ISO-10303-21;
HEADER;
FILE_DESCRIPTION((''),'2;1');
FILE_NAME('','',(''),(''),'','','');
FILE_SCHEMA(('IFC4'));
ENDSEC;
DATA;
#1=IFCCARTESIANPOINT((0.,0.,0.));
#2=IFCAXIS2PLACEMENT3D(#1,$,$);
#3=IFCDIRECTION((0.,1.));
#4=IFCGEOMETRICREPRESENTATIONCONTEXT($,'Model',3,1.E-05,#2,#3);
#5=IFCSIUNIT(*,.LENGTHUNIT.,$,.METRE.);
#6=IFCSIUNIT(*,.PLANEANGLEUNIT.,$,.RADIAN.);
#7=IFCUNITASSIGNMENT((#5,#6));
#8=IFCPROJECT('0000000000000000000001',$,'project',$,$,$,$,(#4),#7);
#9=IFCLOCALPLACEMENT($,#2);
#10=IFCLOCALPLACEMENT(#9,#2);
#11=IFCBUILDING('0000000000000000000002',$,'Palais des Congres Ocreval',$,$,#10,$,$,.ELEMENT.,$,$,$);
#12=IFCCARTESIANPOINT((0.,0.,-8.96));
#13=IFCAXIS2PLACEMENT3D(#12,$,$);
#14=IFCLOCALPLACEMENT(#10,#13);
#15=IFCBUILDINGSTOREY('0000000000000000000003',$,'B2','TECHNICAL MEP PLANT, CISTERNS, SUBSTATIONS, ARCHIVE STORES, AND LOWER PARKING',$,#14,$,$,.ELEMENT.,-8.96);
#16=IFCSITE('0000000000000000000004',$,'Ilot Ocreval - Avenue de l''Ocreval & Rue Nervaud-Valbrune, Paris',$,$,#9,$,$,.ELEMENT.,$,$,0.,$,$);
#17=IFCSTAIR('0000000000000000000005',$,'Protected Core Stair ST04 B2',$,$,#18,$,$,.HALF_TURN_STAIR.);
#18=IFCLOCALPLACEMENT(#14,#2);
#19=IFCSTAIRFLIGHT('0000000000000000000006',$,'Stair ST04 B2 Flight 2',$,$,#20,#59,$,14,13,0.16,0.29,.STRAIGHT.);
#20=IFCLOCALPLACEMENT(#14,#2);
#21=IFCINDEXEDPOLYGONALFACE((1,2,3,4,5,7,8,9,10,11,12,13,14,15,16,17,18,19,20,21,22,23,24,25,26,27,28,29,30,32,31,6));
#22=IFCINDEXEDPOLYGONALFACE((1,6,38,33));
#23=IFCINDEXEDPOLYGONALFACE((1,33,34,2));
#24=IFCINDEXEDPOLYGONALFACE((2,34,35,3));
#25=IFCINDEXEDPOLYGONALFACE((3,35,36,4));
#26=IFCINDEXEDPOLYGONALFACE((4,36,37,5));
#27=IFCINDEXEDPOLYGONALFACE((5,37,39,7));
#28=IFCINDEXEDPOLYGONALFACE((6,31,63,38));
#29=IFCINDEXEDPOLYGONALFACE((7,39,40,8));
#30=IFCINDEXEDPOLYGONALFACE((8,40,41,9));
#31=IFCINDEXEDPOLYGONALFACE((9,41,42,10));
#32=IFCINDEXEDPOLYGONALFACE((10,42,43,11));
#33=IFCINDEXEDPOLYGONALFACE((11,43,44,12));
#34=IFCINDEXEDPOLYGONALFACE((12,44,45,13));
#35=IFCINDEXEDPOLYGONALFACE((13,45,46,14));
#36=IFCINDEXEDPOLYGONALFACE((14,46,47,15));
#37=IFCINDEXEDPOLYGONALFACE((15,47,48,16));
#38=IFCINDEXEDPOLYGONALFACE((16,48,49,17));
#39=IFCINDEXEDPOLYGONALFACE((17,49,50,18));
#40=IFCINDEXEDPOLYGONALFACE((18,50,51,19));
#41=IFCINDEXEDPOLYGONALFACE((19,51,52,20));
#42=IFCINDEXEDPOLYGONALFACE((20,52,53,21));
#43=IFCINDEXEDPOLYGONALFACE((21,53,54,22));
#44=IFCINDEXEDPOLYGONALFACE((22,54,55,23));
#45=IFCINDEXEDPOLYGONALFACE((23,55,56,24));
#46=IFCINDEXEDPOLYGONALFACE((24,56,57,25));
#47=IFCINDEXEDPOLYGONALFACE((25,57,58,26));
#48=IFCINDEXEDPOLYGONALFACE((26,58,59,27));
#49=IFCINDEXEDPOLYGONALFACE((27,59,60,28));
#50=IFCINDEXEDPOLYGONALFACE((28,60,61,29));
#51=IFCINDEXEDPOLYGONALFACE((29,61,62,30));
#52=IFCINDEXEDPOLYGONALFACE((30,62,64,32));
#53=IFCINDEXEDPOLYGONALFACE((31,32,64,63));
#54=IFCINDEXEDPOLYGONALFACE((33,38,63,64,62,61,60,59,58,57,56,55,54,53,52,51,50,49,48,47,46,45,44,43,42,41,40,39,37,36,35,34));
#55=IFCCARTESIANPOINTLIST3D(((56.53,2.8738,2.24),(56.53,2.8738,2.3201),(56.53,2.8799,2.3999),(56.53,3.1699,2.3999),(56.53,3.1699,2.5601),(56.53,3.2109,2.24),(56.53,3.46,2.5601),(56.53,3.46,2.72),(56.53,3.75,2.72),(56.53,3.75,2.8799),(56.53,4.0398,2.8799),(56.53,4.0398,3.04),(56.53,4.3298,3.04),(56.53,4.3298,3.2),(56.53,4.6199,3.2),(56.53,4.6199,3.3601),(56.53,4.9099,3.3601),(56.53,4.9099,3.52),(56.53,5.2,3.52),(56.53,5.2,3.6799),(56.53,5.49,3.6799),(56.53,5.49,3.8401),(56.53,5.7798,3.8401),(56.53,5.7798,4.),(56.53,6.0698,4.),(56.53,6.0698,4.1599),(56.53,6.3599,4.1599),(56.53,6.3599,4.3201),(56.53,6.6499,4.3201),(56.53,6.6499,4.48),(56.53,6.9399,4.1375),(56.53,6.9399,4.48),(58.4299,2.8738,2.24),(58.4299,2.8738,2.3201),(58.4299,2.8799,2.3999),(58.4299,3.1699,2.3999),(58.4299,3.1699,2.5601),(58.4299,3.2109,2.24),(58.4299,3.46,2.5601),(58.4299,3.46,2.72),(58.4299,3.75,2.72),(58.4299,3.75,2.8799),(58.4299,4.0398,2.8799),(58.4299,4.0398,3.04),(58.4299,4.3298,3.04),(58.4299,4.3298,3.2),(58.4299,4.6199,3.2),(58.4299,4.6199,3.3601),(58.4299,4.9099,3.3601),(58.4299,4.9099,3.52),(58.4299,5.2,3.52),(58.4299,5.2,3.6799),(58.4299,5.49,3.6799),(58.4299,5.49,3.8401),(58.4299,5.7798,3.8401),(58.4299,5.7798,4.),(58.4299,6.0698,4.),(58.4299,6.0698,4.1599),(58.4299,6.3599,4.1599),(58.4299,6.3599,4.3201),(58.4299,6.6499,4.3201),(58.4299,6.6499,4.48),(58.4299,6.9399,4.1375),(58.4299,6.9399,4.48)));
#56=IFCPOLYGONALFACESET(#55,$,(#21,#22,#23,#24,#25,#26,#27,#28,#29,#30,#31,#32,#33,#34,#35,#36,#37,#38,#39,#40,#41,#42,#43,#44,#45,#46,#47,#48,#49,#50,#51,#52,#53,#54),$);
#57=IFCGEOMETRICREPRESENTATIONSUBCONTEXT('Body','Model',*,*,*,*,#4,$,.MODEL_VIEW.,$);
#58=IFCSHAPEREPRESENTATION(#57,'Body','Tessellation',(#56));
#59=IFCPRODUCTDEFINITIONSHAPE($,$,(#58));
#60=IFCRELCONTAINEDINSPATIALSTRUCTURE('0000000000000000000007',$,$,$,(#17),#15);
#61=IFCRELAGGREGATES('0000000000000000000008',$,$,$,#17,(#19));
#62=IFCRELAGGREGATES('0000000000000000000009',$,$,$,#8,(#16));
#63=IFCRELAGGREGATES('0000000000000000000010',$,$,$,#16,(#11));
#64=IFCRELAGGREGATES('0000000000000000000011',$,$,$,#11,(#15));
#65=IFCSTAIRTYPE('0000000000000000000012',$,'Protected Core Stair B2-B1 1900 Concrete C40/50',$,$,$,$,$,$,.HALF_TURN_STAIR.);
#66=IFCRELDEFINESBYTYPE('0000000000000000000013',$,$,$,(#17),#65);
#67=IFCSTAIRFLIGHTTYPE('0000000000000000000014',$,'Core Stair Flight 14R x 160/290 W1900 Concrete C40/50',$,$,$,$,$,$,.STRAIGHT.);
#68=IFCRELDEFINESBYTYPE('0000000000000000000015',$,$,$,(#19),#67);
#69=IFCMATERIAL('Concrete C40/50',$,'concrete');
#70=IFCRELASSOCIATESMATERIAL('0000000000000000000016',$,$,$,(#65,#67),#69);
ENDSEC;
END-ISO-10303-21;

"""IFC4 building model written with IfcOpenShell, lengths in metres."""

from ifc_helpers import new_model, si_unit, direction, frame, origin, place, context, subcontext, project, spatial, polyline, outline, extrude, material, type_object, element, aggregate, save


model = new_model("IFC4")

# Units and contexts
model_context = context("Model", 3, precision=1e-05, world=origin(), true_north=direction((0.0, 1.0)))
body_context = subcontext(model_context, "Body", "Model", "MODEL_VIEW")
ifc_project = project(units=[si_unit("LENGTHUNIT", "METRE"), si_unit("PLANEANGLEUNIT", "RADIAN")], contexts=[model_context])

# Site, building, storey
site_placement = place(None, origin())
site = spatial("IfcSite", under=ifc_project, at=site_placement, Name="Ilot Ocreval - Avenue de l'Ocreval & Rue Nervaud-Valbrune, Paris", CompositionType="ELEMENT", RefElevation=0.0)
building_placement = place(site_placement, origin())
building = spatial("IfcBuilding", under=site, at=building_placement, Name="Palais des Congres Ocreval", CompositionType="ELEMENT")
storey_placement = place(building_placement, frame((0.0, 0.0, -8.96)))
storey = spatial("IfcBuildingStorey", under=building, at=storey_placement, Name="B2", Description="TECHNICAL MEP PLANT, CISTERNS, SUBSTATIONS, ARCHIVE STORES, AND LOWER PARKING", CompositionType="ELEMENT", Elevation=-8.96)

# Shared definitions
ifc_material_1 = material(Name="Concrete C40/50", Category="concrete")

# Stair, stair flight
stair_type = type_object("IfcStairType", Name="Protected Core Stair B2-B1 1900 Concrete C40/50", PredefinedType="HALF_TURN_STAIR", material=ifc_material_1)
stair_placement = place(storey_placement, origin())
stair = element("IfcStair", 1, at=stair_placement, inside=storey, type_object=stair_type, Name="Protected Core Stair ST04 B2", PredefinedType="HALF_TURN_STAIR")
stair_flight_type = type_object("IfcStairFlightType", Name="Core Stair Flight 14R x 160/290 W1900 Concrete C40/50", PredefinedType="STRAIGHT", material=ifc_material_1)
stair_flight_1_placement = place(storey_placement, frame((57.48, 2.8799, 2.24), z_axis=(0.0, 0.0, 1.0), x_axis=(0.0, 1.0, 0.0)))
stair_flight_1 = element("IfcStairFlight", 2, at=stair_flight_1_placement, type_object=stair_flight_type, Name="Stair ST04 B2 Flight 2", NumberOfRisers=14, NumberOfTreads=13, PredefinedType="STRAIGHT", RiserHeight=0.16, TreadLength=0.29, context=body_context, shape_type="SweptSolid", body=[
    extrude(outline(polyline([(-0.0061, 0.0), (-0.0061, 0.0801), (0.0, 0.1599), (0.29, 0.1599), (0.29, 0.3201), (0.5801, 0.3201), (0.5801, 0.48), (0.8701, 0.48), (0.8701, 0.6399), (1.1599, 0.6399), (1.1599, 0.8), (1.45, 0.8), (1.45, 0.96), (1.74, 0.96), (1.74, 1.1201), (2.03, 1.1201), (2.03, 1.28), (2.3201, 1.28), (2.3201, 1.4399), (2.6101, 1.4399), (2.6101, 1.6001), (2.8999, 1.6001), (2.8999, 1.76), (3.1899, 1.76), (3.1899, 1.9199), (3.48, 1.9199), (3.48, 2.0801), (3.77, 2.0801), (3.77, 2.24), (4.0601, 2.24), (4.0601, 1.8975), (0.3311, 0.0), (-0.0061, 0.0)])), frame((0.0, 0.95, 0.0), z_axis=(0.0, -1.0, 0.0), x_axis=(1.0, 0.0, 0.0)), (0.0, 0.0, 1.0), 1.8999),
])
aggregate(stair, [stair_flight_1])

save(model, "model.ifc")
